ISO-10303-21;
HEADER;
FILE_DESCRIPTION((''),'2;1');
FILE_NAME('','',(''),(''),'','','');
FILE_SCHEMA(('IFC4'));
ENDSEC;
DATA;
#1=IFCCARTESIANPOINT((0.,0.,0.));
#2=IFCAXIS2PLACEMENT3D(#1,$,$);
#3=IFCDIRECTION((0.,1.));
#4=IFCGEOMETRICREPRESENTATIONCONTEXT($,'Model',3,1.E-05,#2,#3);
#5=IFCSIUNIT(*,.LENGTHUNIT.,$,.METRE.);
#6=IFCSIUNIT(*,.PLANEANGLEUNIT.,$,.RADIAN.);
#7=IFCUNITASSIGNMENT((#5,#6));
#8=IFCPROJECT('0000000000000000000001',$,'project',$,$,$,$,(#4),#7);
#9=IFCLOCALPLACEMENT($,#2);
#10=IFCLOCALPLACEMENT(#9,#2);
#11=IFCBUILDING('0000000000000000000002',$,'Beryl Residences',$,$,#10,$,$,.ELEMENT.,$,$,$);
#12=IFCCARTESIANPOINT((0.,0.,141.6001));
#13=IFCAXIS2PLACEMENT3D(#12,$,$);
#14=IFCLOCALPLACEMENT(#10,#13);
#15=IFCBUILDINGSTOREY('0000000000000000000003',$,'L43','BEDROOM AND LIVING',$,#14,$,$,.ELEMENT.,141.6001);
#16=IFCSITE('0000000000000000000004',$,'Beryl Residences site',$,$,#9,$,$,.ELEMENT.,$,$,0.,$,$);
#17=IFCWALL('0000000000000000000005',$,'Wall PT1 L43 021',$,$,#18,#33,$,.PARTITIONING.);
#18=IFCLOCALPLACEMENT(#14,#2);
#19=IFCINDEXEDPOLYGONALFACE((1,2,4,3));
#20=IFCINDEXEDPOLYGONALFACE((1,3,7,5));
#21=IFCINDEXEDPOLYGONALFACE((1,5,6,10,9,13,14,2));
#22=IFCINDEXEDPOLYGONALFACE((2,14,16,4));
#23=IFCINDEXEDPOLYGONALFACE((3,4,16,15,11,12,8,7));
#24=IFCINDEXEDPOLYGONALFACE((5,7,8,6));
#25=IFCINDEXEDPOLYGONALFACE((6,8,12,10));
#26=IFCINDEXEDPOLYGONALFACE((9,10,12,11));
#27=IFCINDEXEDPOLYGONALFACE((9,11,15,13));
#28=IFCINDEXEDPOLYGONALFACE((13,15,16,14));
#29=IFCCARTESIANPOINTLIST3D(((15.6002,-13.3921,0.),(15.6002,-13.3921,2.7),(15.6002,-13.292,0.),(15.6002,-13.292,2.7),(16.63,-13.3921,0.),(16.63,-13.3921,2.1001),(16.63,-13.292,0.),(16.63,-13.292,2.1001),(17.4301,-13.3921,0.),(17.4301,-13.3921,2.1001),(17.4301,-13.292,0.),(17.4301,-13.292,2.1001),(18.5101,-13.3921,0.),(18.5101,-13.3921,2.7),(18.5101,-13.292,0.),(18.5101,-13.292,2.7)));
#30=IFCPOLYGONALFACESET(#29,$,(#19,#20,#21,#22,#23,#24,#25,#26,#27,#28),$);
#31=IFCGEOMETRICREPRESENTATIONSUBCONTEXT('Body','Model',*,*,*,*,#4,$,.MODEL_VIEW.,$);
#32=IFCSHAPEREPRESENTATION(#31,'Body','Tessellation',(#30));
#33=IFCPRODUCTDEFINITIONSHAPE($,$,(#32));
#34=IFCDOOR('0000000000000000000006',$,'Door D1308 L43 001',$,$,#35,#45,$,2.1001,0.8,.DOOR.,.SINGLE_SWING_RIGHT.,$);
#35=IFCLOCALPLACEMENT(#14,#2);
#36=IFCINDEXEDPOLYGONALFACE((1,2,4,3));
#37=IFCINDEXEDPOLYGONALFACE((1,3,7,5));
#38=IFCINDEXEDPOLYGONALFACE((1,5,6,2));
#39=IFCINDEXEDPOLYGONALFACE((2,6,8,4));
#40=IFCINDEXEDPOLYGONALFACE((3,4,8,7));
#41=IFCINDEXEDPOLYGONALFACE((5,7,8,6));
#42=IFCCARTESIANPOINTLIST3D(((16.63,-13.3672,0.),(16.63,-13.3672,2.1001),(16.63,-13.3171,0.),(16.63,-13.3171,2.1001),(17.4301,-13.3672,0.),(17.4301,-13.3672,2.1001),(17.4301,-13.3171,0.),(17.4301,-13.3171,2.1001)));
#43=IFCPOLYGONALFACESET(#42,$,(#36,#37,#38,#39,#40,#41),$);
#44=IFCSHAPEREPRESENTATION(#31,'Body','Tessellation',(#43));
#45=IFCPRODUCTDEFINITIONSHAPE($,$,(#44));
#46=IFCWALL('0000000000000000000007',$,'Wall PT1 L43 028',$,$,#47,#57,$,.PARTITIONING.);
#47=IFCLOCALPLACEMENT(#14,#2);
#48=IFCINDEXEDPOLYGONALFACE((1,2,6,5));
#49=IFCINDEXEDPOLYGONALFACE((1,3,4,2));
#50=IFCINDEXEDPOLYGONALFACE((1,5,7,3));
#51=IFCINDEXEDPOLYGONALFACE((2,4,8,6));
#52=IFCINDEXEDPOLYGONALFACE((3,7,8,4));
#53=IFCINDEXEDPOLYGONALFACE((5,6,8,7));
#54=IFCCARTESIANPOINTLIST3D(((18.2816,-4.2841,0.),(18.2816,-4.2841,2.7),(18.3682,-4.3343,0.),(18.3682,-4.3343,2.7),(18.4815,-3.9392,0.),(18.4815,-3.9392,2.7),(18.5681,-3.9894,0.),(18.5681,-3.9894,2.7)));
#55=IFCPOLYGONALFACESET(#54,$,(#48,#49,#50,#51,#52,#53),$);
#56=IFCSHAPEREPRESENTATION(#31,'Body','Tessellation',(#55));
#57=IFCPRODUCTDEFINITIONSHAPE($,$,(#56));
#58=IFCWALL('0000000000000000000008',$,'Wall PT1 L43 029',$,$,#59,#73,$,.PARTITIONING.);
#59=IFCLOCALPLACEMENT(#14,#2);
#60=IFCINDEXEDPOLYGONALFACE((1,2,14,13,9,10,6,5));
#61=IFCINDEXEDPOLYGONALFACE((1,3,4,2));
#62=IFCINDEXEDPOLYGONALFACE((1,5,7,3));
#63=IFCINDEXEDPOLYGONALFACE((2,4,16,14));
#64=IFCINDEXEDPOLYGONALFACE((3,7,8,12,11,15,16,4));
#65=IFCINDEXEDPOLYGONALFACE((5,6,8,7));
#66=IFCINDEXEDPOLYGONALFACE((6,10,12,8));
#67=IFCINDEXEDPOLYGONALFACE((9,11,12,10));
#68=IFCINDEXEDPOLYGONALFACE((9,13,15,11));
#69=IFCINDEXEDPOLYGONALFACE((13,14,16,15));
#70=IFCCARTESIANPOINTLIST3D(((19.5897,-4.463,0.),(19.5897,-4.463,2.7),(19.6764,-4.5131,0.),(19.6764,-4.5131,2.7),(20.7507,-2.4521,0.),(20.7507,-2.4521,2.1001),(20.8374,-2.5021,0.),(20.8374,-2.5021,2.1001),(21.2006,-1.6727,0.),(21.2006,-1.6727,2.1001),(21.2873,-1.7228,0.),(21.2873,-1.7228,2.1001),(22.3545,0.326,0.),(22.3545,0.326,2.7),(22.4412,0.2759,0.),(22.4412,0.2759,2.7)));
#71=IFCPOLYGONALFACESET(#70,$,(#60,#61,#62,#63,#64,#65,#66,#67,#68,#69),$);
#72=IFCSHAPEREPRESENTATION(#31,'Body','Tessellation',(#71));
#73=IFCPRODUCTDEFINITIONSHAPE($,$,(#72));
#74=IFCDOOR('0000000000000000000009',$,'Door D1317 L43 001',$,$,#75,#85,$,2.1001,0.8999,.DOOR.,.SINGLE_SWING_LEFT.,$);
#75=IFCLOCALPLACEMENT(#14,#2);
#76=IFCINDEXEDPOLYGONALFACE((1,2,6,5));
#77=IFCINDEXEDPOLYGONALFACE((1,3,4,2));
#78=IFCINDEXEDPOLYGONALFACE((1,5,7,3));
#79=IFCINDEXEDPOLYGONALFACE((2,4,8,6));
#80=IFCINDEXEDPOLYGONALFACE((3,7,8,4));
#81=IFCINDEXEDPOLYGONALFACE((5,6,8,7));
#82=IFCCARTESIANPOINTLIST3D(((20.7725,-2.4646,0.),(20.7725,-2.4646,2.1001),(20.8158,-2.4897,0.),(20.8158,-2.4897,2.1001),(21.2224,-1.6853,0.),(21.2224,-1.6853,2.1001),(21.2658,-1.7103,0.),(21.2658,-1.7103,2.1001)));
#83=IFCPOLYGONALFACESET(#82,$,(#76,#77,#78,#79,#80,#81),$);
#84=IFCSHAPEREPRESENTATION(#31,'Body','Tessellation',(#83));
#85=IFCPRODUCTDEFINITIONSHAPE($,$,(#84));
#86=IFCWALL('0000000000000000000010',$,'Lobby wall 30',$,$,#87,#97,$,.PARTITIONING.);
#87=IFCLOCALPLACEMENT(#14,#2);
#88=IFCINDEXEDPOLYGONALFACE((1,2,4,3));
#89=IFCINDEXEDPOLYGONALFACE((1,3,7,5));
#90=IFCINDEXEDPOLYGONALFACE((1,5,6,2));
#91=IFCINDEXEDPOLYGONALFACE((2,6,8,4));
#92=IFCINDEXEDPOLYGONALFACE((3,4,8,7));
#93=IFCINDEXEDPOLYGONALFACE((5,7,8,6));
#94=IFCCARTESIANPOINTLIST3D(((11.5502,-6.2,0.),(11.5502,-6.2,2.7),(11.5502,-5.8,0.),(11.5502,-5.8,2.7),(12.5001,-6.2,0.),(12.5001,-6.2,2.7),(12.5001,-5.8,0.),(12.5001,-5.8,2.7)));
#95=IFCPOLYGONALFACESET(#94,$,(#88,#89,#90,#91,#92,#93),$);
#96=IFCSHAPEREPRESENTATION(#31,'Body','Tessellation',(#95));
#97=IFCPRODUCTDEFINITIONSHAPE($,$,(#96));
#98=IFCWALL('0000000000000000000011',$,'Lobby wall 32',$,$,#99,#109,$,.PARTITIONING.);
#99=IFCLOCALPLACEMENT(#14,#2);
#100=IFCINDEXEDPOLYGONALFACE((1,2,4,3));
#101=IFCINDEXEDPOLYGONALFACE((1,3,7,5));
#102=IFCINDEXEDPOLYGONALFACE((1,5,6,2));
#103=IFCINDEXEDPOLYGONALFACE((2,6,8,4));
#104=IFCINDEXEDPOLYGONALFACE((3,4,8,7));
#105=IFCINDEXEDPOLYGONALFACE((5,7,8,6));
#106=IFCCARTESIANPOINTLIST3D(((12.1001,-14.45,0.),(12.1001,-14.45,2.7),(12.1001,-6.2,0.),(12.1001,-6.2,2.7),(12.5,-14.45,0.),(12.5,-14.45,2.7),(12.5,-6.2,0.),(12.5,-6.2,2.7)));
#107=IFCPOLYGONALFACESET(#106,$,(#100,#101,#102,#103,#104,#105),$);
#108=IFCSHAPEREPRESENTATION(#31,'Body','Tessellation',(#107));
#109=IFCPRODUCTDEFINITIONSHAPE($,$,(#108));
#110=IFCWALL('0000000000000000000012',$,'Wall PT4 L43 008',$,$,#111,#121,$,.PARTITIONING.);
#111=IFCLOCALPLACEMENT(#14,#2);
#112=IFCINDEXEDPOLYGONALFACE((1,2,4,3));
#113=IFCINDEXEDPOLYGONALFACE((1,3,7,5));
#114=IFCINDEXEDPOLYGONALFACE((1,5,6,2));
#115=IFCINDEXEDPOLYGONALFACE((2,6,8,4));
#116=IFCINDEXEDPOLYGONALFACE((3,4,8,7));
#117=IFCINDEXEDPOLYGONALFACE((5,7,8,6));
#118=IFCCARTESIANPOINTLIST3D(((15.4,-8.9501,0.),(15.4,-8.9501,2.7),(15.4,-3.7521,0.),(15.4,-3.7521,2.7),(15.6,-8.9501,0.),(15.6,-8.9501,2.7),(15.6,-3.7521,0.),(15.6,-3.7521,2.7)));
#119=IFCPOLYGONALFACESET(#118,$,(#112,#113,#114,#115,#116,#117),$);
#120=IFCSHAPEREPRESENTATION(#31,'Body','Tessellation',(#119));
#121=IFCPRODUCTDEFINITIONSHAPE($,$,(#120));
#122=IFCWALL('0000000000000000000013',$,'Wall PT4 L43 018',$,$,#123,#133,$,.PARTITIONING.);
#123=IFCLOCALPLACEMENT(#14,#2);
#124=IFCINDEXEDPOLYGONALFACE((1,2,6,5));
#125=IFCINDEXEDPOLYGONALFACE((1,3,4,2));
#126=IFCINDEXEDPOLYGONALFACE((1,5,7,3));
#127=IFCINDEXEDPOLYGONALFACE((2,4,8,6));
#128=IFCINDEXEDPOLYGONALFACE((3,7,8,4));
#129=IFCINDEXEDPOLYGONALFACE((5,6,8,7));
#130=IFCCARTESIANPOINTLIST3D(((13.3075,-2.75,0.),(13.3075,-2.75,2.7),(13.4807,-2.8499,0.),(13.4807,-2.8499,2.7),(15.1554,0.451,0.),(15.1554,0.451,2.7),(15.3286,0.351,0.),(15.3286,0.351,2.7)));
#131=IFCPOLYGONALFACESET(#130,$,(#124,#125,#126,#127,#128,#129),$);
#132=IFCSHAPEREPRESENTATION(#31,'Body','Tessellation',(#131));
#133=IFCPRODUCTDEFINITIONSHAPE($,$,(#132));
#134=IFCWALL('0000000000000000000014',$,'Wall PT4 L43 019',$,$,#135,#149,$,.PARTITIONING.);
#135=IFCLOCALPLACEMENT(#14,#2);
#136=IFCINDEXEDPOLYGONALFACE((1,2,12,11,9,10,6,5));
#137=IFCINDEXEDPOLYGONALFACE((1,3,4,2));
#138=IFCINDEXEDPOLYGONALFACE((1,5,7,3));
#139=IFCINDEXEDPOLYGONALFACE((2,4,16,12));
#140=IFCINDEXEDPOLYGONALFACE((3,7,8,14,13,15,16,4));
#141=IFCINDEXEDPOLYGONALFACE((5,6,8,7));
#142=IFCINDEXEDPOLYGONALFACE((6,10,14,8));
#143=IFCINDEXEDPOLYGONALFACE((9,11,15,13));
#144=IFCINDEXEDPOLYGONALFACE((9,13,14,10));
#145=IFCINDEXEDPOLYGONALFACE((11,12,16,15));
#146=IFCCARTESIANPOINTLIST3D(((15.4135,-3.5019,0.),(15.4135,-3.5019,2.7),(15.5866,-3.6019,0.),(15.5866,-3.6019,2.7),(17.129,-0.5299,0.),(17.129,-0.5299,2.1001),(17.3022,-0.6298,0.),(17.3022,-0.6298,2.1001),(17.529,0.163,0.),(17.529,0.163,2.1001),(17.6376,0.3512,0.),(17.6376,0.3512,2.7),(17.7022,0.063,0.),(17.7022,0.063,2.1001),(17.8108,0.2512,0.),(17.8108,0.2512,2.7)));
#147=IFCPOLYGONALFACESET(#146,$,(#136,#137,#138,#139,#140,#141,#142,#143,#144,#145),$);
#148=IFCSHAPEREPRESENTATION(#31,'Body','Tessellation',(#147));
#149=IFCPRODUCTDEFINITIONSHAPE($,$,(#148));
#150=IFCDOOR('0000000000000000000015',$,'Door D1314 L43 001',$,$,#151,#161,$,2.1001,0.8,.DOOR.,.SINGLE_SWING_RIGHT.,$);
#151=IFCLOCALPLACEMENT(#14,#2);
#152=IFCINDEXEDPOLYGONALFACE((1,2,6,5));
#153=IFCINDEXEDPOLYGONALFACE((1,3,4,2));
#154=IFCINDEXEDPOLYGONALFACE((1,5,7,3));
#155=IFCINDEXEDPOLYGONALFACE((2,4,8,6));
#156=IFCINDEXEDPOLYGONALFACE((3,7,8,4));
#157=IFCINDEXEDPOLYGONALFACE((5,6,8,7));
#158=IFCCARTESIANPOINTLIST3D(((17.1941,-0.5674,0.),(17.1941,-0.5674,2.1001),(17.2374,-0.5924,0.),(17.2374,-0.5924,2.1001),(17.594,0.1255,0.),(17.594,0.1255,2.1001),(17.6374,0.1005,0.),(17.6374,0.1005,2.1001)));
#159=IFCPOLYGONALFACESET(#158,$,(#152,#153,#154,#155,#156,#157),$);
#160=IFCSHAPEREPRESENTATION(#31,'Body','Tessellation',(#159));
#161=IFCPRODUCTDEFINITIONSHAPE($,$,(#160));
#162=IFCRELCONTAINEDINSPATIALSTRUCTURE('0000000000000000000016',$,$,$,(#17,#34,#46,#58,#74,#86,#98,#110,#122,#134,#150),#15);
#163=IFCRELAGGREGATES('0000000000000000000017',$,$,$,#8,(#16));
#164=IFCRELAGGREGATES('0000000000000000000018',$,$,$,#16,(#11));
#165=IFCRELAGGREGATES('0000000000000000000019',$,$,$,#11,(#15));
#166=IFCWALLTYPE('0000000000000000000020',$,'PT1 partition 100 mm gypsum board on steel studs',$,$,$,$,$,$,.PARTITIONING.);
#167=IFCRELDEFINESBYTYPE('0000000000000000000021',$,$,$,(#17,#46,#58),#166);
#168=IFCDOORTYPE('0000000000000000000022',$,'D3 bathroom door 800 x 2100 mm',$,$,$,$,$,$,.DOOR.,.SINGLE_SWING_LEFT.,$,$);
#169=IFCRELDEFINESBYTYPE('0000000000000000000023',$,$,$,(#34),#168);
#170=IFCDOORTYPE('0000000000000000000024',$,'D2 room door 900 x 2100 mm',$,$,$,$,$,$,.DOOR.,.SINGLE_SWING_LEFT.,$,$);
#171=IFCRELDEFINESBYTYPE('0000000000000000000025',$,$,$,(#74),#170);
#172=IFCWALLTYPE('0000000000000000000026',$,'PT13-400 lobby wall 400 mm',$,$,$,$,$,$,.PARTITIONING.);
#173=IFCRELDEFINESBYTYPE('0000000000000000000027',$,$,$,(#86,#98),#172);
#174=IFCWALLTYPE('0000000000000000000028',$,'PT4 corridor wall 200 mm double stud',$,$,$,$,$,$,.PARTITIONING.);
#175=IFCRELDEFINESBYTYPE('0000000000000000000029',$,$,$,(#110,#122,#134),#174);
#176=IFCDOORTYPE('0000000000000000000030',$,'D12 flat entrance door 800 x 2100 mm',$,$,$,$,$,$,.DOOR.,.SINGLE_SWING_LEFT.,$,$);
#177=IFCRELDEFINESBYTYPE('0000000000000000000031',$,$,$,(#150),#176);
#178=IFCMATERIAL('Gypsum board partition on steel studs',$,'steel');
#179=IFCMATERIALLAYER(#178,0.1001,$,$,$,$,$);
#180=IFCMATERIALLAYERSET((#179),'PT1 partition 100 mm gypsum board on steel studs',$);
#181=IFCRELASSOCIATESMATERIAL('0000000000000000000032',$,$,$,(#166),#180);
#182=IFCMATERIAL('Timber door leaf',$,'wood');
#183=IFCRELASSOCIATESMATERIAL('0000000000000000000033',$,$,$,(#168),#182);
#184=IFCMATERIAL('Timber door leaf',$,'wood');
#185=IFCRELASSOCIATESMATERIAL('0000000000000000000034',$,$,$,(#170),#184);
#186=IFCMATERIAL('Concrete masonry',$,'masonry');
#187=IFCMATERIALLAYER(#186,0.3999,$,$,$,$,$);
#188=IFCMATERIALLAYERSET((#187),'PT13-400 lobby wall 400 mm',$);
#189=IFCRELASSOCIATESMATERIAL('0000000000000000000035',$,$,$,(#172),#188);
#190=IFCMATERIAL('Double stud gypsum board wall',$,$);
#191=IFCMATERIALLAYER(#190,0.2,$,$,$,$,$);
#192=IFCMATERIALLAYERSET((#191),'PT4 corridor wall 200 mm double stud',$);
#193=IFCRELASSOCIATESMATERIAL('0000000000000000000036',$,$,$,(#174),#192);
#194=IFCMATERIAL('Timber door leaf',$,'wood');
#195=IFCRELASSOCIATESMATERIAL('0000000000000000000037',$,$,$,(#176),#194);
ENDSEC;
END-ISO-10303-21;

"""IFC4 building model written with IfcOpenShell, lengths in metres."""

from ifc_helpers import new_model, si_unit, direction, frame, frame_2d, origin, place, context, subcontext, project, spatial, rectangle, extrude, material, layer, layer_set, type_object, element, fill, save


model = new_model("IFC4")

# Units and contexts
model_context = context("Model", 3, precision=1e-05, world=origin(), true_north=direction((0.0, 1.0)))
body_context = subcontext(model_context, "Body", "Model", "MODEL_VIEW")
ifc_project = project(units=[si_unit("LENGTHUNIT", "METRE"), si_unit("PLANEANGLEUNIT", "RADIAN")], contexts=[model_context])

# Site, building, storey
site_placement = place(None, origin())
site = spatial("IfcSite", under=ifc_project, at=site_placement, Name="Beryl Residences site", CompositionType="ELEMENT", RefElevation=0.0)
building_placement = place(site_placement, origin())
building = spatial("IfcBuilding", under=site, at=building_placement, Name="Beryl Residences", CompositionType="ELEMENT")
storey_placement = place(building_placement, frame((0.0, 0.0, 141.6001)))
storey = spatial("IfcBuildingStorey", under=building, at=storey_placement, Name="L43", Description="BEDROOM AND LIVING", CompositionType="ELEMENT", Elevation=141.6001)

# Wall, opening, door
ifc_material_1 = material(Name="Gypsum board partition on steel studs", Category="steel")
ifc_layer_1 = layer(ifc_material_1, 0.1001)
ifc_layer_set_1 = layer_set([ifc_layer_1], Name="PT1 partition 100 mm gypsum board on steel studs")
wall_type_1 = type_object("IfcWallType", Name="PT1 partition 100 mm gypsum board on steel studs", PredefinedType="PARTITIONING", material=ifc_layer_set_1)
ifc_material_2 = material(Name="Timber door leaf", Category="wood")
door_type_1 = type_object("IfcDoorType", Name="D3 bathroom door 800 x 2100 mm", OperationType="SINGLE_SWING_LEFT", PredefinedType="DOOR", material=ifc_material_2)
ifc_material_3 = material(Name="Timber door leaf", Category="wood")
door_type_2 = type_object("IfcDoorType", Name="D2 room door 900 x 2100 mm", OperationType="SINGLE_SWING_LEFT", PredefinedType="DOOR", material=ifc_material_3)
wall_1_placement = place(storey_placement, frame((15.6001, -13.342, 0.0), z_axis=(0.0, 0.0, 1.0), x_axis=(1.0, 0.0, 0.0)))
wall_1 = element("IfcWall", 1, at=wall_1_placement, inside=storey, type_object=wall_type_1, Name="Wall PT1 L43 021", PredefinedType="PARTITIONING", context=body_context, shape_type="SweptSolid", body=[
    extrude(rectangle(XDim=2.9099, YDim=0.1001, at=frame_2d((1.4551, 0.0))), origin(), (0.0, 0.0, 1.0), 2.7),
])
opening_1_placement = place(wall_1_placement, frame((1.03, 0.0, 0.0)))
opening_1 = element("IfcOpeningElement", 2, at=opening_1_placement, cuts=wall_1, PredefinedType="OPENING", context=body_context, shape_type="SweptSolid", body=[
    extrude(rectangle(XDim=0.8, YDim=2.1001, at=frame_2d((0.3999, 1.05))), frame((0.0, 0.0601, 0.0), z_axis=(0.0, -1.0, 0.0), x_axis=(1.0, 0.0, 0.0)), (0.0, 0.0, 1.0), 0.1201),
])
door_1_placement = place(opening_1_placement, origin())
door_1 = element("IfcDoor", 3, at=door_1_placement, inside=storey, type_object=door_type_1, Name="Door D1308 L43 001", OperationType="SINGLE_SWING_RIGHT", OverallHeight=2.1001, OverallWidth=0.8, PredefinedType="DOOR", context=body_context, shape_type="SweptSolid", body=[
    extrude(rectangle(XDim=0.8, YDim=2.1001, at=frame_2d((0.3999, 1.05))), frame((0.0, 0.0249, 0.0), z_axis=(0.0, -1.0, 0.0), x_axis=(1.0, 0.0, 0.0)), (0.0, 0.0, 1.0), 0.05),
])
fill(opening_1, door_1)

# Wall
wall_2_placement = place(storey_placement, frame((18.325, -4.3091, 0.0), z_axis=(0.0, 0.0, 1.0), x_axis=(0.501471, 0.865175, 0.0)))
element("IfcWall", 4, at=wall_2_placement, inside=storey, type_object=wall_type_1, Name="Wall PT1 L43 028", PredefinedType="PARTITIONING", context=body_context, shape_type="SweptSolid", body=[
    extrude(rectangle(XDim=0.3987, YDim=0.1001, at=frame_2d((0.1992, 0.0))), origin(), (0.0, 0.0, 1.0), 2.7),
])

# Wall, opening, door
wall_3_placement = place(storey_placement, frame((19.6331, -4.488, 0.0), z_axis=(0.0, 0.0, 1.0), x_axis=(0.49999, 0.866031, 0.0)))
wall_3 = element("IfcWall", 5, at=wall_3_placement, inside=storey, type_object=wall_type_1, Name="Wall PT1 L43 029", PredefinedType="PARTITIONING", context=body_context, shape_type="SweptSolid", body=[
    extrude(rectangle(XDim=5.5298, YDim=0.1001, at=frame_2d((2.7649, 0.0))), origin(), (0.0, 0.0, 1.0), 2.7),
])
opening_2_placement = place(wall_3_placement, frame((2.322, 0.0, 0.0)))
opening_2 = element("IfcOpeningElement", 6, at=opening_2_placement, cuts=wall_3, PredefinedType="OPENING", context=body_context, shape_type="SweptSolid", body=[
    extrude(rectangle(XDim=0.8999, YDim=2.1001, at=frame_2d((0.45, 1.05))), frame((0.0, 0.0601, 0.0), z_axis=(0.0, -1.0, 0.0), x_axis=(1.0, 0.0, 0.0)), (0.0, 0.0, 1.0), 0.1201),
])
door_2_placement = place(opening_2_placement, origin())
door_2 = element("IfcDoor", 7, at=door_2_placement, inside=storey, type_object=door_type_2, Name="Door D1317 L43 001", OperationType="SINGLE_SWING_LEFT", OverallHeight=2.1001, OverallWidth=0.8999, PredefinedType="DOOR", context=body_context, shape_type="SweptSolid", body=[
    extrude(rectangle(XDim=0.8999, YDim=2.1001, at=frame_2d((0.45, 1.05))), frame((0.0, 0.0249, 0.0), z_axis=(0.0, -1.0, 0.0), x_axis=(1.0, 0.0, 0.0)), (0.0, 0.0, 1.0), 0.05),
])
fill(opening_2, door_2)

# Walls
ifc_material_4 = material(Name="Concrete masonry", Category="masonry")
ifc_layer_2 = layer(ifc_material_4, 0.3999)
ifc_layer_set_2 = layer_set([ifc_layer_2], Name="PT13-400 lobby wall 400 mm")
wall_type_2 = type_object("IfcWallType", Name="PT13-400 lobby wall 400 mm", PredefinedType="PARTITIONING", material=ifc_layer_set_2)
wall_4_placement = place(storey_placement, frame((11.55, -6.0, 0.0), z_axis=(0.0, 0.0, 1.0), x_axis=(1.0, 0.0, 0.0)))
element("IfcWall", 8, at=wall_4_placement, inside=storey, type_object=wall_type_2, Name="Lobby wall 30", PredefinedType="PARTITIONING", context=body_context, shape_type="SweptSolid", body=[
    extrude(rectangle(XDim=0.95, YDim=0.3999, at=frame_2d((0.4751, 0.0))), origin(), (0.0, 0.0, 1.0), 2.7),
])
wall_5_placement = place(storey_placement, frame((12.3, -14.45, 0.0), z_axis=(0.0, 0.0, 1.0), x_axis=(0.0, 1.0, 0.0)))
element("IfcWall", 9, at=wall_5_placement, inside=storey, type_object=wall_type_2, Name="Lobby wall 32", PredefinedType="PARTITIONING", context=body_context, shape_type="SweptSolid", body=[
    extrude(rectangle(XDim=8.25, YDim=0.3999, at=frame_2d((4.125, 0.0))), origin(), (0.0, 0.0, 1.0), 2.7),
])
ifc_material_5 = material(Name="Double stud gypsum board wall")
ifc_layer_3 = layer(ifc_material_5, 0.2)
ifc_layer_set_3 = layer_set([ifc_layer_3], Name="PT4 corridor wall 200 mm double stud")
wall_type_3 = type_object("IfcWallType", Name="PT4 corridor wall 200 mm double stud", PredefinedType="PARTITIONING", material=ifc_layer_set_3)
wall_6_placement = place(storey_placement, frame((15.5, -3.752, 0.0), z_axis=(0.0, 0.0, 1.0), x_axis=(0.0, -1.0, 0.0)))
element("IfcWall", 10, at=wall_6_placement, inside=storey, type_object=wall_type_3, Name="Wall PT4 L43 008", PredefinedType="PARTITIONING", context=body_context, shape_type="SweptSolid", body=[
    extrude(rectangle(XDim=5.198, YDim=0.2, at=frame_2d((2.5991, 0.0))), origin(), (0.0, 0.0, 1.0), 2.7),
])
wall_7_placement = place(storey_placement, frame((13.394, -2.8, 0.0), z_axis=(0.0, 0.0, 1.0), x_axis=(0.499968, 0.866044, 0.0)))
element("IfcWall", 11, at=wall_7_placement, inside=storey, type_object=wall_type_3, Name="Wall PT4 L43 018", PredefinedType="PARTITIONING", context=body_context, shape_type="SweptSolid", body=[
    extrude(rectangle(XDim=3.696, YDim=0.2, at=frame_2d((1.8481, 0.0))), origin(), (0.0, 0.0, 1.0), 2.7),
])

# Wall, opening, door
wall_8_placement = place(storey_placement, frame((15.5, -3.552, 0.0), z_axis=(0.0, 0.0, 1.0), x_axis=(0.499928, 0.866067, 0.0)))
wall_8 = element("IfcWall", 12, at=wall_8_placement, inside=storey, type_object=wall_type_3, Name="Wall PT4 L43 019", PredefinedType="PARTITIONING", context=body_context, shape_type="SweptSolid", body=[
    extrude(rectangle(XDim=4.449, YDim=0.2, at=frame_2d((2.2246, 0.0))), origin(), (0.0, 0.0, 1.0), 2.7),
])
opening_3_placement = place(wall_8_placement, frame((3.4319, 0.0, 0.0)))
opening_3 = element("IfcOpeningElement", 13, at=opening_3_placement, cuts=wall_8, PredefinedType="OPENING", context=body_context, shape_type="SweptSolid", body=[
    extrude(rectangle(XDim=0.8, YDim=2.1001, at=frame_2d((0.3999, 1.05))), frame((0.0, 0.1099, 0.0), z_axis=(0.0, -1.0, 0.0), x_axis=(1.0, 0.0, 0.0)), (0.0, 0.0, 1.0), 0.22),
])
ifc_material_6 = material(Name="Timber door leaf", Category="wood")
door_type_3 = type_object("IfcDoorType", Name="D12 flat entrance door 800 x 2100 mm", OperationType="SINGLE_SWING_LEFT", PredefinedType="DOOR", material=ifc_material_6)
door_3_placement = place(opening_3_placement, origin())
door_3 = element("IfcDoor", 14, at=door_3_placement, inside=storey, type_object=door_type_3, Name="Door D1314 L43 001", OperationType="SINGLE_SWING_RIGHT", OverallHeight=2.1001, OverallWidth=0.8, PredefinedType="DOOR", context=body_context, shape_type="SweptSolid", body=[
    extrude(rectangle(XDim=0.8, YDim=2.1001, at=frame_2d((0.3999, 1.05))), frame((0.0, 0.0249, 0.0), z_axis=(0.0, -1.0, 0.0), x_axis=(1.0, 0.0, 0.0)), (0.0, 0.0, 1.0), 0.05),
])
fill(opening_3, door_3)

save(model, "model.ifc")
